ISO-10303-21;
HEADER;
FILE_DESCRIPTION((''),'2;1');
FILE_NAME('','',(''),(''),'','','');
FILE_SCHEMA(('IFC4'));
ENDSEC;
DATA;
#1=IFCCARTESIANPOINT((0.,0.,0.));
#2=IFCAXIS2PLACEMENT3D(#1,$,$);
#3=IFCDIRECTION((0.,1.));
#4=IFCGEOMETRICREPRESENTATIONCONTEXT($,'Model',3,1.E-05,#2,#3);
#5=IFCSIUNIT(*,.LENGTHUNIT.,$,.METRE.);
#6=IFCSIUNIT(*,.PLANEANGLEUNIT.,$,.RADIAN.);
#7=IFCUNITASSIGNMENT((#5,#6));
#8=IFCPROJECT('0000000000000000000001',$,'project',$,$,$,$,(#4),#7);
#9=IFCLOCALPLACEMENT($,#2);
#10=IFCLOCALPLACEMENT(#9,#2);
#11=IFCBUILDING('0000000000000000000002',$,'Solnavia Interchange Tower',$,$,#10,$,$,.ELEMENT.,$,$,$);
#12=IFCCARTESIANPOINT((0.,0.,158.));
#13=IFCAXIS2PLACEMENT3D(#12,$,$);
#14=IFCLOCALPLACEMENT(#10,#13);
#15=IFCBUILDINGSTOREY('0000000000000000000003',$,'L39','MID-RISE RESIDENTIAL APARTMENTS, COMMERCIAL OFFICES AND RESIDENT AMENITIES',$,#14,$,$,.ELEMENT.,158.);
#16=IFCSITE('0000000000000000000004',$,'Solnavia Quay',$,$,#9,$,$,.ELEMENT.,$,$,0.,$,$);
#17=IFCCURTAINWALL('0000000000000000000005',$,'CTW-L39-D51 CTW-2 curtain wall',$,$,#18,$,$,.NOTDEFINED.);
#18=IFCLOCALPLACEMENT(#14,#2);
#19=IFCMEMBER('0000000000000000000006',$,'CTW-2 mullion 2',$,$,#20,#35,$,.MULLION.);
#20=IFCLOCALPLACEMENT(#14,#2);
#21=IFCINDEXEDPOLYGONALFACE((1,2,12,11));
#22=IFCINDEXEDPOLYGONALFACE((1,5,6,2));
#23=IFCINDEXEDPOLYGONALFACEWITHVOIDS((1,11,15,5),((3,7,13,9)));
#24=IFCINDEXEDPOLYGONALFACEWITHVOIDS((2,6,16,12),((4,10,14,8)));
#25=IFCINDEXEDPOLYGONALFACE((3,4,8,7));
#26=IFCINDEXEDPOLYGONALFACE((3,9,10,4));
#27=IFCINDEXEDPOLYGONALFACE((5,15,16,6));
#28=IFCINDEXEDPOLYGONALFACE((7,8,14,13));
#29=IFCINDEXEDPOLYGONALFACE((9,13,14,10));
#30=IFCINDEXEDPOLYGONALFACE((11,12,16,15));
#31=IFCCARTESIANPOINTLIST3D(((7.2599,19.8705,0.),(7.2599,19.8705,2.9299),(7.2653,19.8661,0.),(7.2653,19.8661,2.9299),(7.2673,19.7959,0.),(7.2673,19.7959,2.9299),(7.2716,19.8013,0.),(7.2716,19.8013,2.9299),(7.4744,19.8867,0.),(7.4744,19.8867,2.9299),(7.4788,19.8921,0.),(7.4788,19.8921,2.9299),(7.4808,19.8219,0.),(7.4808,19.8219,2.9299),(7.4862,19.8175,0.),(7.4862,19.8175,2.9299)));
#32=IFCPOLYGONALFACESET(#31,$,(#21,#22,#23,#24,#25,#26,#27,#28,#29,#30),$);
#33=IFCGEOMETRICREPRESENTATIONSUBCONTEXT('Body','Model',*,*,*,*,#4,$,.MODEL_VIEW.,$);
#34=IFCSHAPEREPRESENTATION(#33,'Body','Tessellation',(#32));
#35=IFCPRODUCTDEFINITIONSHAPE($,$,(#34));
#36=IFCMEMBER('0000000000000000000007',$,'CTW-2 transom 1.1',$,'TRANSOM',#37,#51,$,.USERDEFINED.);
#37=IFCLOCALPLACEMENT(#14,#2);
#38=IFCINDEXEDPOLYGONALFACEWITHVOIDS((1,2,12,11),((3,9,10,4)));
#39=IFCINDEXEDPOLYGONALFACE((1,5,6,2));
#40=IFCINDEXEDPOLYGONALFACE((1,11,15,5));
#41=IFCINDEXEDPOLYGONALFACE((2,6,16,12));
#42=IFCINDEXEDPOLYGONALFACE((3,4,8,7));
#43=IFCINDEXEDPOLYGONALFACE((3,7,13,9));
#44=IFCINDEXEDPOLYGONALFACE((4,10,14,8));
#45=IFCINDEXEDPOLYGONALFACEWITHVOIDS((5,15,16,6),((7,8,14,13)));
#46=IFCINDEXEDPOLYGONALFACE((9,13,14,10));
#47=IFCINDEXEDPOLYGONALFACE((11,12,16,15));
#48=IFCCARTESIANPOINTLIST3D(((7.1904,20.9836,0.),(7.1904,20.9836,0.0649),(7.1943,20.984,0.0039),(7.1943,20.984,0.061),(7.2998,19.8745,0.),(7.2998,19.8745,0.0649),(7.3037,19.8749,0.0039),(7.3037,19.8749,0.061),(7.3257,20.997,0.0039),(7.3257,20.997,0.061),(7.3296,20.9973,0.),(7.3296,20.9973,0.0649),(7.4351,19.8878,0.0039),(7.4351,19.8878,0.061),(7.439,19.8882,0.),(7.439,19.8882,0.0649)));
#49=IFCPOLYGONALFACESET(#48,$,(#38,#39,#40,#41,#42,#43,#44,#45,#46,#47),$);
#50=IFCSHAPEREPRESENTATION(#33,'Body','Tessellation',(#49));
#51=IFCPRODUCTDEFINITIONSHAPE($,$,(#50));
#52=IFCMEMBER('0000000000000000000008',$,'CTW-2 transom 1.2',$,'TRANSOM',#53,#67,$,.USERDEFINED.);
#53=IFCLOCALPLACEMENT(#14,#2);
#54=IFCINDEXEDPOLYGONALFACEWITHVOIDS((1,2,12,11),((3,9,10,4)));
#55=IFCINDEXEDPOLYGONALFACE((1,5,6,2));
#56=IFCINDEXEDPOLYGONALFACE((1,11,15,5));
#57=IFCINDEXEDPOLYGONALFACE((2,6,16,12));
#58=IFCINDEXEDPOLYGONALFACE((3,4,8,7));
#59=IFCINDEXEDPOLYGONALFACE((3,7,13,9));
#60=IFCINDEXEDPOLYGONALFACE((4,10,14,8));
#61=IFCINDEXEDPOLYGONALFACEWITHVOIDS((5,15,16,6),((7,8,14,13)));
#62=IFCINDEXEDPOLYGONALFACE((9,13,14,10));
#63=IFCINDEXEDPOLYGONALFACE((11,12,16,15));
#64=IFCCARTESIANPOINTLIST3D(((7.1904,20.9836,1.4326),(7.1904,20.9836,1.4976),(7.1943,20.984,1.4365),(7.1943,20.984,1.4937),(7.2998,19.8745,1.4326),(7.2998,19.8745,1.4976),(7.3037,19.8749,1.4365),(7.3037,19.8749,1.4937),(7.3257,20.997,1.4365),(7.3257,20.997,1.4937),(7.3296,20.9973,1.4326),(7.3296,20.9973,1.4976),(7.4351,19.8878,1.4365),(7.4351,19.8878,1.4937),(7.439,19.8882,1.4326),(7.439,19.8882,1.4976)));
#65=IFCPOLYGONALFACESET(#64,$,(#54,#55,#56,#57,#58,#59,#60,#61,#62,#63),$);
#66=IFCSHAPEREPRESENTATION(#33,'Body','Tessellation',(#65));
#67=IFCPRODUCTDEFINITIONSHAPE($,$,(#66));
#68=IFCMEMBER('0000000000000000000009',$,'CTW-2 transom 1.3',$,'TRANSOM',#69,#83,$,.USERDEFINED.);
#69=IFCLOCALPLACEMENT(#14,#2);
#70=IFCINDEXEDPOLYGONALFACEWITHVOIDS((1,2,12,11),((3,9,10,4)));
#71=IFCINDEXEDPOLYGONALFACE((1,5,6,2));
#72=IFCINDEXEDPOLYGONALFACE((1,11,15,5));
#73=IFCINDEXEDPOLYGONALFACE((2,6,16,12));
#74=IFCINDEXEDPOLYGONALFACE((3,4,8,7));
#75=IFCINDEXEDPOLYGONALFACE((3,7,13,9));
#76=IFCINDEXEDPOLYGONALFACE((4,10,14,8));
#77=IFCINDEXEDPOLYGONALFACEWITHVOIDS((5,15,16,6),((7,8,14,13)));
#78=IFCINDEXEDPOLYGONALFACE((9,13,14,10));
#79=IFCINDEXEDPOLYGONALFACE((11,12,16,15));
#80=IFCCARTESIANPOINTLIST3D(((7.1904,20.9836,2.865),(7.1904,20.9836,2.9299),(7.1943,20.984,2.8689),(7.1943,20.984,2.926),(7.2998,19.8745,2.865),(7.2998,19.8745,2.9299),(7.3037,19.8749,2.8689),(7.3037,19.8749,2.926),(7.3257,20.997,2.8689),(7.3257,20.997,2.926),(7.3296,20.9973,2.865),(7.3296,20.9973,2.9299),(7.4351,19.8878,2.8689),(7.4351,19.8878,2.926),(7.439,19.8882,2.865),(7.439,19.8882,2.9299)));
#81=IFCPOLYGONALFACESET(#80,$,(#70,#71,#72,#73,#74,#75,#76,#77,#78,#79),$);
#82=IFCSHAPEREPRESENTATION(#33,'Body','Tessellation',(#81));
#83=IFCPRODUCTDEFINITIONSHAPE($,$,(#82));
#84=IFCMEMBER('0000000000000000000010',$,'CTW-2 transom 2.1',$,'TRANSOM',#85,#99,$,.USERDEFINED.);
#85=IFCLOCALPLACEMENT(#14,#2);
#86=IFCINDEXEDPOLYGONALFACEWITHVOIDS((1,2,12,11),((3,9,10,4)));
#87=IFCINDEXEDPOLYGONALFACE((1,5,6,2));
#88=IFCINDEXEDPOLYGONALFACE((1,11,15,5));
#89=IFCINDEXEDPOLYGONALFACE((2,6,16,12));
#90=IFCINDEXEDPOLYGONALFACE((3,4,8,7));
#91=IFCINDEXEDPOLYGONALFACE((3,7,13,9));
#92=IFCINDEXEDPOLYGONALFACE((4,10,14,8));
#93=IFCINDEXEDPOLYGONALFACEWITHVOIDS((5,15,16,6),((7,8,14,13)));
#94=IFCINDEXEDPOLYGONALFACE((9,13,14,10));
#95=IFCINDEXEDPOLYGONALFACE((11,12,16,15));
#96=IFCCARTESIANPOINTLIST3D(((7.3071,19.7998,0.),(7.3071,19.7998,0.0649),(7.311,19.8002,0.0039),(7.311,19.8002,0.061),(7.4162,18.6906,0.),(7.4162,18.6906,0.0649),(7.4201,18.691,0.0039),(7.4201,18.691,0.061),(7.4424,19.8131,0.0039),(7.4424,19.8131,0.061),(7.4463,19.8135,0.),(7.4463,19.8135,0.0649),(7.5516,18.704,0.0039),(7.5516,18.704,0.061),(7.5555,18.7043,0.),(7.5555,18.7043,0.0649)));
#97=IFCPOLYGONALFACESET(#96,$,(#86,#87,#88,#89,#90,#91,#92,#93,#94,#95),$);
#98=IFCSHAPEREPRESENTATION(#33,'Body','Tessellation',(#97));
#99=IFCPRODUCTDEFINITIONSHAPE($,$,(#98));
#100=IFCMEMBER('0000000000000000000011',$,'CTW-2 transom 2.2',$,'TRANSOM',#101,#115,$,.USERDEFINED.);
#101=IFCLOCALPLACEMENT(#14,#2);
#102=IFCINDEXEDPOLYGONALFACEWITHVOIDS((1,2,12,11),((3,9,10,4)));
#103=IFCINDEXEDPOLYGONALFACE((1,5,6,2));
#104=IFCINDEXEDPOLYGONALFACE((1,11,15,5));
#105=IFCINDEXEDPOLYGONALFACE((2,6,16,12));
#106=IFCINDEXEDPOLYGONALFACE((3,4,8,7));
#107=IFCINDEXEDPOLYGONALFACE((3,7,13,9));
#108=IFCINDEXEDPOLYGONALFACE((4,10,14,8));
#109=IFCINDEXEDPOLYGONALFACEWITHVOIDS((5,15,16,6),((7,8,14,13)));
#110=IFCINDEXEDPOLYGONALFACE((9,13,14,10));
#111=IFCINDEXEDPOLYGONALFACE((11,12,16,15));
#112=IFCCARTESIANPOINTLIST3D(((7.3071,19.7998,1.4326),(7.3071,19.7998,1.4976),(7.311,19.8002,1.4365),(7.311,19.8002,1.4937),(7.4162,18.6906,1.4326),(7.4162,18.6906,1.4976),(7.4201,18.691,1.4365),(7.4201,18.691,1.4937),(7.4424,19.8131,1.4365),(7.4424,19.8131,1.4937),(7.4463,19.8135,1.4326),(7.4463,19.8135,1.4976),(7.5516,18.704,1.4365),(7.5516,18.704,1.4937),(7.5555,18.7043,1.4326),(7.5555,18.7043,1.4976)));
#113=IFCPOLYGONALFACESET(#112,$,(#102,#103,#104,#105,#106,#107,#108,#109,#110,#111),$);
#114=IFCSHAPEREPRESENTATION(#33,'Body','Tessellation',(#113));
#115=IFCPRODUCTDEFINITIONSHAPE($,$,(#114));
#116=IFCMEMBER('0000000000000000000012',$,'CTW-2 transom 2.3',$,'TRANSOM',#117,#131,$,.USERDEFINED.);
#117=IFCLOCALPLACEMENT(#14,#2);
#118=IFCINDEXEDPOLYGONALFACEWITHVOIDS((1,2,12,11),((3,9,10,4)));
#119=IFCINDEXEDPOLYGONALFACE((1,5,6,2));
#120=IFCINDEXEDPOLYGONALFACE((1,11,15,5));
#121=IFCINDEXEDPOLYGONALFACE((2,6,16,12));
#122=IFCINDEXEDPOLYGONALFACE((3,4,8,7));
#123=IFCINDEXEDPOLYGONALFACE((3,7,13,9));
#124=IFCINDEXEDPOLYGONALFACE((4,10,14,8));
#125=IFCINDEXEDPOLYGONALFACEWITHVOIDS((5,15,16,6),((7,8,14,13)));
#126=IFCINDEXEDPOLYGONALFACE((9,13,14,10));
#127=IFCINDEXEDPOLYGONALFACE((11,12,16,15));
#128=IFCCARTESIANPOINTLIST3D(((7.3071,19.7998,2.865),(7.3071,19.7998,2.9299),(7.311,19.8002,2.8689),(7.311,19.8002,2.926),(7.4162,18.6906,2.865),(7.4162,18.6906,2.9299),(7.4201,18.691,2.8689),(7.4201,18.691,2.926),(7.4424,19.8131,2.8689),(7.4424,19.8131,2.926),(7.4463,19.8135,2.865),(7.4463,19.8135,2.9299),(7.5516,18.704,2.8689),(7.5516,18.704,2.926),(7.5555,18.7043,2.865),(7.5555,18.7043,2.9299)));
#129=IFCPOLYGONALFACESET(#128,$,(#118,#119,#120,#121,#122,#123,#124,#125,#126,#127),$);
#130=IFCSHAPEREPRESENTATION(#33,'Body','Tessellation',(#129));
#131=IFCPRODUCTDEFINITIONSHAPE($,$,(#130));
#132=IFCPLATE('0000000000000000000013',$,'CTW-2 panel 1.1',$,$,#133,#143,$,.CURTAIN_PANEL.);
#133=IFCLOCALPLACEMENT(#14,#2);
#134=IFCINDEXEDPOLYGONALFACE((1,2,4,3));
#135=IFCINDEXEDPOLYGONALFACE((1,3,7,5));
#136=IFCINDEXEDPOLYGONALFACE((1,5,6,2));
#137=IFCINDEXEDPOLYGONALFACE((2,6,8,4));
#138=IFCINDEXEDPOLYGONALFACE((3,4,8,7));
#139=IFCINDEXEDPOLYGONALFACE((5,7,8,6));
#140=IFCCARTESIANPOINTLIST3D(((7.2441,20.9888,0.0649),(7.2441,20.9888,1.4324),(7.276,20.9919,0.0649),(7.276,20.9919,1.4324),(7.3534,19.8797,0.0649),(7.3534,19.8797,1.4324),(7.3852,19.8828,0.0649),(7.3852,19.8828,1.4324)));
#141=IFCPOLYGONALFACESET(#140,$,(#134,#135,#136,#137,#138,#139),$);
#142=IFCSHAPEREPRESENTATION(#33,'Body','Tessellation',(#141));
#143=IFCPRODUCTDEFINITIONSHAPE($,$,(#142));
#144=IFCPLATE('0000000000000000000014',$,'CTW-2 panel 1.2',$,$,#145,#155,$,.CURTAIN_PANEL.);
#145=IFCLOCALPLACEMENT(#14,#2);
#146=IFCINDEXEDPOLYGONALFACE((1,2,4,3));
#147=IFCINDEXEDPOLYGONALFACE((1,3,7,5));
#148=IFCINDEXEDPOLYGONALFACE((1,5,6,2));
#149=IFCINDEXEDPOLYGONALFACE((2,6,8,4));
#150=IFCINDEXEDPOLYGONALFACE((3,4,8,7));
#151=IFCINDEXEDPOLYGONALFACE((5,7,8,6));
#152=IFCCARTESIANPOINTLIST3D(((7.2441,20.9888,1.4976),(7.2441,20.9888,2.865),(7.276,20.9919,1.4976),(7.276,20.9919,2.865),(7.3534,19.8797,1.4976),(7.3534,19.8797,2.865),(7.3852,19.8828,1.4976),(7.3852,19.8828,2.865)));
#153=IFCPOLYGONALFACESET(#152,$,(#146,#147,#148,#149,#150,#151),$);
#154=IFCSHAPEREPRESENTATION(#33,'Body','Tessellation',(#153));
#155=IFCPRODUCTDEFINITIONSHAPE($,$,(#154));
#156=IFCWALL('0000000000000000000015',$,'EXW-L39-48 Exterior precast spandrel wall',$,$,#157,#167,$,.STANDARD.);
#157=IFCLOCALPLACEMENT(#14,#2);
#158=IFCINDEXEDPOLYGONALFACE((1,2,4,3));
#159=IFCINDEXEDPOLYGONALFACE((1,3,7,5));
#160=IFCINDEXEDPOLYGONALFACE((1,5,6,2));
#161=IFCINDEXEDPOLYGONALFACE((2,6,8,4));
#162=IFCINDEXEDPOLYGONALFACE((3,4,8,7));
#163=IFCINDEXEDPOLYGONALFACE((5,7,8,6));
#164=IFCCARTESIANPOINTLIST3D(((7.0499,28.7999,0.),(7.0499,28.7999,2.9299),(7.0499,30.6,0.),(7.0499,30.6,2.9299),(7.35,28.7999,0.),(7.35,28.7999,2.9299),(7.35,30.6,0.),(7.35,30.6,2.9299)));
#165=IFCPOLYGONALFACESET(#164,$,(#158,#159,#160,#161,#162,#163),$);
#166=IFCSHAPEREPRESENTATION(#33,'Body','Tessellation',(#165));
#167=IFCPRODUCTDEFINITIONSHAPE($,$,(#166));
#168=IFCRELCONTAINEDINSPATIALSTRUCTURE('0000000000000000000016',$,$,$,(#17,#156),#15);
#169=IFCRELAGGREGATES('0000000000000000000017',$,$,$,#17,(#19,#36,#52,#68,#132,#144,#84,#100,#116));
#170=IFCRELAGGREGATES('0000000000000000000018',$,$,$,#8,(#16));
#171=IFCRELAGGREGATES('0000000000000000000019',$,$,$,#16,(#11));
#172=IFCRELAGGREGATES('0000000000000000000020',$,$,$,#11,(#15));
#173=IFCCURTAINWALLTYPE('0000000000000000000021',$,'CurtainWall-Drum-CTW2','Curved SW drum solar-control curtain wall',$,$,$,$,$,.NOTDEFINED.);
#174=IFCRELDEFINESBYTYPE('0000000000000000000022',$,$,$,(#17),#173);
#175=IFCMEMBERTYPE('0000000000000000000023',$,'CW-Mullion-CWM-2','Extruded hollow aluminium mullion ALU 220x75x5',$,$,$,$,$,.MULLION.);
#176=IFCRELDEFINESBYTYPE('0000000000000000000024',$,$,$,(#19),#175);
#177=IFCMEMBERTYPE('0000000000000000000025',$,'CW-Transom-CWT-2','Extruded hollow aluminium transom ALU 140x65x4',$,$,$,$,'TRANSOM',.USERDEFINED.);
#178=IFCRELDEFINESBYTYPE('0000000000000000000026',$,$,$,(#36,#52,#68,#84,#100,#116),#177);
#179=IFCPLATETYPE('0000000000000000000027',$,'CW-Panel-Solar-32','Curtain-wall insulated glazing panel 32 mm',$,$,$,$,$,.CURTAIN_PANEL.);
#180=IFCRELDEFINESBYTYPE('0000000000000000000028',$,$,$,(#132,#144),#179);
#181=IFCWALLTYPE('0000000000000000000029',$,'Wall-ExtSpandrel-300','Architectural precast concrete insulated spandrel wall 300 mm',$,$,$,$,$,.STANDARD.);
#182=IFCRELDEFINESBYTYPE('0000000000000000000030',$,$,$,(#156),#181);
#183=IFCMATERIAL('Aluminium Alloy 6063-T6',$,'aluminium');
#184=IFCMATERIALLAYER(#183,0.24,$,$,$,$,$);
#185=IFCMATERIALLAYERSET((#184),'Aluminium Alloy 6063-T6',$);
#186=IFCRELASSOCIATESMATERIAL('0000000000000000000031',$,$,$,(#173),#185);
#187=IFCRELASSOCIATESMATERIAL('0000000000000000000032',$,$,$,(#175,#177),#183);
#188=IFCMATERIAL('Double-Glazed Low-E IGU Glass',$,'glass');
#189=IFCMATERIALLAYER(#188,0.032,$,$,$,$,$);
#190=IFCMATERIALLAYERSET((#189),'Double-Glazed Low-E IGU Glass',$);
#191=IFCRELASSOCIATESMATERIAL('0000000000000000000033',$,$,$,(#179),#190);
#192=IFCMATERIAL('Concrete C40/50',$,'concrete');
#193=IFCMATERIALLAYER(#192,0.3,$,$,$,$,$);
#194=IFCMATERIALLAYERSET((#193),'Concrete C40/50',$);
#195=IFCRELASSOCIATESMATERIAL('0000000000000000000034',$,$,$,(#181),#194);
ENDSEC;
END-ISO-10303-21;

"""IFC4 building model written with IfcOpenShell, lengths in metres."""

from ifc_helpers import new_model, si_unit, direction, frame, frame_2d, origin, origin_2d, place, context, subcontext, project, spatial, rectangle, hollow_rectangle, extrude, material, layer, layer_set, material_profile, profile_set, type_object, element, aggregate, save


model = new_model("IFC4")

# Units and contexts
model_context = context("Model", 3, precision=1e-05, world=origin(), true_north=direction((0.0, 1.0)))
body_context = subcontext(model_context, "Body", "Model", "MODEL_VIEW")
ifc_project = project(units=[si_unit("LENGTHUNIT", "METRE"), si_unit("PLANEANGLEUNIT", "RADIAN")], contexts=[model_context])

# Site, building, storey
site_placement = place(None, origin())
site = spatial("IfcSite", under=ifc_project, at=site_placement, Name="Solnavia Quay", CompositionType="ELEMENT", RefElevation=0.0)
building_placement = place(site_placement, origin())
building = spatial("IfcBuilding", under=site, at=building_placement, Name="Solnavia Interchange Tower", CompositionType="ELEMENT")
storey_placement = place(building_placement, frame((0.0, 0.0, 158.0)))
storey = spatial("IfcBuildingStorey", under=building, at=storey_placement, Name="L39", Description="MID-RISE RESIDENTIAL APARTMENTS, COMMERCIAL OFFICES AND RESIDENT AMENITIES", CompositionType="ELEMENT", Elevation=158.0)

# Curtain wall, members, plates
ifc_material_1 = material(Name="Aluminium Alloy 6063-T6", Category="aluminium")
ifc_layer_1 = layer(ifc_material_1, 0.24)
ifc_layer_set_1 = layer_set([ifc_layer_1], Name="Aluminium Alloy 6063-T6")
curtain_wall_type = type_object("IfcCurtainWallType", Name="CurtainWall-Drum-CTW2", Description="Curved SW drum solar-control curtain wall", PredefinedType="NOTDEFINED", material=ifc_layer_set_1)
curtain_wall_placement = place(storey_placement, origin())
curtain_wall = element("IfcCurtainWall", 1, at=curtain_wall_placement, inside=storey, type_object=curtain_wall_type, Name="CTW-L39-D51 CTW-2 curtain wall", PredefinedType="NOTDEFINED")
ifc_material_profile_1 = material_profile(ifc_material_1, hollow_rectangle(XDim=0.075, YDim=0.22, WallThickness=0.0049, at=origin_2d()), Name="ALU 220x75x5")
ifc_profile_set_1 = profile_set([ifc_material_profile_1], Name="Aluminium Alloy 6063-T6")
member_type_1 = type_object("IfcMemberType", Name="CW-Mullion-CWM-2", Description="Extruded hollow aluminium mullion ALU 220x75x5", PredefinedType="MULLION", material=ifc_profile_set_1)
member_1_placement = place(storey_placement, frame((7.373, 19.844, 0.0), z_axis=(0.0, 0.0, 1.0), x_axis=(0.098043, -0.995182, 0.0)))
member_1 = element("IfcMember", 2, at=member_1_placement, type_object=member_type_1, Name="CTW-2 mullion 2", PredefinedType="MULLION", context=body_context, shape_type="SweptSolid", body=[
    extrude(hollow_rectangle(XDim=0.075, YDim=0.22, WallThickness=0.0049, at=origin_2d()), origin(), (0.0, 0.0, 1.0), 2.9299),
])
ifc_material_profile_2 = material_profile(ifc_material_1, hollow_rectangle(XDim=0.0649, YDim=0.1399, WallThickness=0.0039, at=origin_2d()), Name="ALU 140x65x4")
ifc_profile_set_2 = profile_set([ifc_material_profile_2], Name="Aluminium Alloy 6063-T6")
member_type_2 = type_object("IfcMemberType", Name="CW-Transom-CWT-2", Description="Extruded hollow aluminium transom ALU 140x65x4", ElementType="TRANSOM", PredefinedType="USERDEFINED", material=ifc_profile_set_2)
member_2_placement = place(storey_placement, frame((7.26, 20.9905, 0.0325), z_axis=(0.098137, -0.995173, 0.0), x_axis=(0.0, 0.0, 1.0)))
member_2 = element("IfcMember", 3, at=member_2_placement, type_object=member_type_2, Name="CTW-2 transom 1.1", ObjectType="TRANSOM", PredefinedType="USERDEFINED", context=body_context, shape_type="SweptSolid", body=[
    extrude(hollow_rectangle(XDim=0.0649, YDim=0.1399, WallThickness=0.0039, at=origin_2d()), origin(), (0.0, 0.0, 1.0), 1.1145),
])
member_3_placement = place(storey_placement, frame((7.26, 20.9905, 1.4651), z_axis=(0.098137, -0.995173, 0.0), x_axis=(0.0, 0.0, 1.0)))
member_3 = element("IfcMember", 4, at=member_3_placement, type_object=member_type_2, Name="CTW-2 transom 1.2", ObjectType="TRANSOM", PredefinedType="USERDEFINED", context=body_context, shape_type="SweptSolid", body=[
    extrude(hollow_rectangle(XDim=0.0649, YDim=0.1399, WallThickness=0.0039, at=origin_2d()), origin(), (0.0, 0.0, 1.0), 1.1145),
])
member_4_placement = place(storey_placement, frame((7.26, 20.9905, 2.8975), z_axis=(0.098137, -0.995173, 0.0), x_axis=(0.0, 0.0, 1.0)))
member_4 = element("IfcMember", 5, at=member_4_placement, type_object=member_type_2, Name="CTW-2 transom 1.3", ObjectType="TRANSOM", PredefinedType="USERDEFINED", context=body_context, shape_type="SweptSolid", body=[
    extrude(hollow_rectangle(XDim=0.0649, YDim=0.1399, WallThickness=0.0039, at=origin_2d()), origin(), (0.0, 0.0, 1.0), 1.1145),
])
member_5_placement = place(storey_placement, frame((7.3767, 19.8066, 0.0325), z_axis=(0.09792, -0.995194, 0.0), x_axis=(0.0, 0.0, 1.0)))
member_5 = element("IfcMember", 6, at=member_5_placement, type_object=member_type_2, Name="CTW-2 transom 2.1", ObjectType="TRANSOM", PredefinedType="USERDEFINED", context=body_context, shape_type="SweptSolid", body=[
    extrude(hollow_rectangle(XDim=0.0649, YDim=0.1399, WallThickness=0.0039, at=origin_2d()), origin(), (0.0, 0.0, 1.0), 1.1145),
])
member_6_placement = place(storey_placement, frame((7.3767, 19.8066, 1.4651), z_axis=(0.09792, -0.995194, 0.0), x_axis=(0.0, 0.0, 1.0)))
member_6 = element("IfcMember", 7, at=member_6_placement, type_object=member_type_2, Name="CTW-2 transom 2.2", ObjectType="TRANSOM", PredefinedType="USERDEFINED", context=body_context, shape_type="SweptSolid", body=[
    extrude(hollow_rectangle(XDim=0.0649, YDim=0.1399, WallThickness=0.0039, at=origin_2d()), origin(), (0.0, 0.0, 1.0), 1.1145),
])
member_7_placement = place(storey_placement, frame((7.3767, 19.8066, 2.8975), z_axis=(0.09792, -0.995194, 0.0), x_axis=(0.0, 0.0, 1.0)))
member_7 = element("IfcMember", 8, at=member_7_placement, type_object=member_type_2, Name="CTW-2 transom 2.3", ObjectType="TRANSOM", PredefinedType="USERDEFINED", context=body_context, shape_type="SweptSolid", body=[
    extrude(hollow_rectangle(XDim=0.0649, YDim=0.1399, WallThickness=0.0039, at=origin_2d()), origin(), (0.0, 0.0, 1.0), 1.1145),
])
ifc_material_2 = material(Name="Double-Glazed Low-E IGU Glass", Category="glass")
ifc_layer_2 = layer(ifc_material_2, 0.032)
ifc_layer_set_2 = layer_set([ifc_layer_2], Name="Double-Glazed Low-E IGU Glass")
plate_type = type_object("IfcPlateType", Name="CW-Panel-Solar-32", Description="Curtain-wall insulated glazing panel 32 mm", PredefinedType="CURTAIN_PANEL", material=ifc_layer_set_2)
plate_1_placement = place(storey_placement, frame((7.3147, 20.4358, 0.0649), z_axis=(0.0, 0.0, 1.0), x_axis=(0.098043, -0.995182, 0.0)))
plate_1 = element("IfcPlate", 9, at=plate_1_placement, type_object=plate_type, Name="CTW-2 panel 1.1", PredefinedType="CURTAIN_PANEL", context=body_context, shape_type="SweptSolid", body=[
    extrude(rectangle(XDim=1.1145, YDim=0.032, at=origin_2d()), origin(), (0.0, 0.0, 1.0), 1.3674),
])
plate_2_placement = place(storey_placement, frame((7.3147, 20.4358, 1.4976), z_axis=(0.0, 0.0, 1.0), x_axis=(0.098043, -0.995182, 0.0)))
plate_2 = element("IfcPlate", 10, at=plate_2_placement, type_object=plate_type, Name="CTW-2 panel 1.2", PredefinedType="CURTAIN_PANEL", context=body_context, shape_type="SweptSolid", body=[
    extrude(rectangle(XDim=1.1145, YDim=0.032, at=origin_2d()), origin(), (0.0, 0.0, 1.0), 1.3674),
])
aggregate(curtain_wall, [member_1, member_2, member_3, member_4, plate_1, plate_2, member_5, member_6, member_7])

# Wall
ifc_material_3 = material(Name="Concrete C40/50", Category="concrete")
ifc_layer_3 = layer(ifc_material_3, 0.3)
ifc_layer_set_3 = layer_set([ifc_layer_3], Name="Concrete C40/50")
wall_type_1 = type_object("IfcWallType", Name="Wall-ExtSpandrel-300", Description="Architectural precast concrete insulated spandrel wall 300 mm", PredefinedType="STANDARD", material=ifc_layer_set_3)
wall_1_placement = place(storey_placement, frame((7.2, 28.8, 0.0), z_axis=(0.0, 0.0, 1.0), x_axis=(0.0, 1.0, 0.0)))
element("IfcWall", 11, at=wall_1_placement, inside=storey, type_object=wall_type_1, Name="EXW-L39-48 Exterior precast spandrel wall", PredefinedType="STANDARD", context=body_context, shape_type="SweptSolid", body=[
    extrude(rectangle(XDim=1.8, YDim=0.3, at=frame_2d((0.8999, 0.0))), origin(), (0.0, 0.0, 1.0), 2.9299),
])

save(model, "model.ifc")
